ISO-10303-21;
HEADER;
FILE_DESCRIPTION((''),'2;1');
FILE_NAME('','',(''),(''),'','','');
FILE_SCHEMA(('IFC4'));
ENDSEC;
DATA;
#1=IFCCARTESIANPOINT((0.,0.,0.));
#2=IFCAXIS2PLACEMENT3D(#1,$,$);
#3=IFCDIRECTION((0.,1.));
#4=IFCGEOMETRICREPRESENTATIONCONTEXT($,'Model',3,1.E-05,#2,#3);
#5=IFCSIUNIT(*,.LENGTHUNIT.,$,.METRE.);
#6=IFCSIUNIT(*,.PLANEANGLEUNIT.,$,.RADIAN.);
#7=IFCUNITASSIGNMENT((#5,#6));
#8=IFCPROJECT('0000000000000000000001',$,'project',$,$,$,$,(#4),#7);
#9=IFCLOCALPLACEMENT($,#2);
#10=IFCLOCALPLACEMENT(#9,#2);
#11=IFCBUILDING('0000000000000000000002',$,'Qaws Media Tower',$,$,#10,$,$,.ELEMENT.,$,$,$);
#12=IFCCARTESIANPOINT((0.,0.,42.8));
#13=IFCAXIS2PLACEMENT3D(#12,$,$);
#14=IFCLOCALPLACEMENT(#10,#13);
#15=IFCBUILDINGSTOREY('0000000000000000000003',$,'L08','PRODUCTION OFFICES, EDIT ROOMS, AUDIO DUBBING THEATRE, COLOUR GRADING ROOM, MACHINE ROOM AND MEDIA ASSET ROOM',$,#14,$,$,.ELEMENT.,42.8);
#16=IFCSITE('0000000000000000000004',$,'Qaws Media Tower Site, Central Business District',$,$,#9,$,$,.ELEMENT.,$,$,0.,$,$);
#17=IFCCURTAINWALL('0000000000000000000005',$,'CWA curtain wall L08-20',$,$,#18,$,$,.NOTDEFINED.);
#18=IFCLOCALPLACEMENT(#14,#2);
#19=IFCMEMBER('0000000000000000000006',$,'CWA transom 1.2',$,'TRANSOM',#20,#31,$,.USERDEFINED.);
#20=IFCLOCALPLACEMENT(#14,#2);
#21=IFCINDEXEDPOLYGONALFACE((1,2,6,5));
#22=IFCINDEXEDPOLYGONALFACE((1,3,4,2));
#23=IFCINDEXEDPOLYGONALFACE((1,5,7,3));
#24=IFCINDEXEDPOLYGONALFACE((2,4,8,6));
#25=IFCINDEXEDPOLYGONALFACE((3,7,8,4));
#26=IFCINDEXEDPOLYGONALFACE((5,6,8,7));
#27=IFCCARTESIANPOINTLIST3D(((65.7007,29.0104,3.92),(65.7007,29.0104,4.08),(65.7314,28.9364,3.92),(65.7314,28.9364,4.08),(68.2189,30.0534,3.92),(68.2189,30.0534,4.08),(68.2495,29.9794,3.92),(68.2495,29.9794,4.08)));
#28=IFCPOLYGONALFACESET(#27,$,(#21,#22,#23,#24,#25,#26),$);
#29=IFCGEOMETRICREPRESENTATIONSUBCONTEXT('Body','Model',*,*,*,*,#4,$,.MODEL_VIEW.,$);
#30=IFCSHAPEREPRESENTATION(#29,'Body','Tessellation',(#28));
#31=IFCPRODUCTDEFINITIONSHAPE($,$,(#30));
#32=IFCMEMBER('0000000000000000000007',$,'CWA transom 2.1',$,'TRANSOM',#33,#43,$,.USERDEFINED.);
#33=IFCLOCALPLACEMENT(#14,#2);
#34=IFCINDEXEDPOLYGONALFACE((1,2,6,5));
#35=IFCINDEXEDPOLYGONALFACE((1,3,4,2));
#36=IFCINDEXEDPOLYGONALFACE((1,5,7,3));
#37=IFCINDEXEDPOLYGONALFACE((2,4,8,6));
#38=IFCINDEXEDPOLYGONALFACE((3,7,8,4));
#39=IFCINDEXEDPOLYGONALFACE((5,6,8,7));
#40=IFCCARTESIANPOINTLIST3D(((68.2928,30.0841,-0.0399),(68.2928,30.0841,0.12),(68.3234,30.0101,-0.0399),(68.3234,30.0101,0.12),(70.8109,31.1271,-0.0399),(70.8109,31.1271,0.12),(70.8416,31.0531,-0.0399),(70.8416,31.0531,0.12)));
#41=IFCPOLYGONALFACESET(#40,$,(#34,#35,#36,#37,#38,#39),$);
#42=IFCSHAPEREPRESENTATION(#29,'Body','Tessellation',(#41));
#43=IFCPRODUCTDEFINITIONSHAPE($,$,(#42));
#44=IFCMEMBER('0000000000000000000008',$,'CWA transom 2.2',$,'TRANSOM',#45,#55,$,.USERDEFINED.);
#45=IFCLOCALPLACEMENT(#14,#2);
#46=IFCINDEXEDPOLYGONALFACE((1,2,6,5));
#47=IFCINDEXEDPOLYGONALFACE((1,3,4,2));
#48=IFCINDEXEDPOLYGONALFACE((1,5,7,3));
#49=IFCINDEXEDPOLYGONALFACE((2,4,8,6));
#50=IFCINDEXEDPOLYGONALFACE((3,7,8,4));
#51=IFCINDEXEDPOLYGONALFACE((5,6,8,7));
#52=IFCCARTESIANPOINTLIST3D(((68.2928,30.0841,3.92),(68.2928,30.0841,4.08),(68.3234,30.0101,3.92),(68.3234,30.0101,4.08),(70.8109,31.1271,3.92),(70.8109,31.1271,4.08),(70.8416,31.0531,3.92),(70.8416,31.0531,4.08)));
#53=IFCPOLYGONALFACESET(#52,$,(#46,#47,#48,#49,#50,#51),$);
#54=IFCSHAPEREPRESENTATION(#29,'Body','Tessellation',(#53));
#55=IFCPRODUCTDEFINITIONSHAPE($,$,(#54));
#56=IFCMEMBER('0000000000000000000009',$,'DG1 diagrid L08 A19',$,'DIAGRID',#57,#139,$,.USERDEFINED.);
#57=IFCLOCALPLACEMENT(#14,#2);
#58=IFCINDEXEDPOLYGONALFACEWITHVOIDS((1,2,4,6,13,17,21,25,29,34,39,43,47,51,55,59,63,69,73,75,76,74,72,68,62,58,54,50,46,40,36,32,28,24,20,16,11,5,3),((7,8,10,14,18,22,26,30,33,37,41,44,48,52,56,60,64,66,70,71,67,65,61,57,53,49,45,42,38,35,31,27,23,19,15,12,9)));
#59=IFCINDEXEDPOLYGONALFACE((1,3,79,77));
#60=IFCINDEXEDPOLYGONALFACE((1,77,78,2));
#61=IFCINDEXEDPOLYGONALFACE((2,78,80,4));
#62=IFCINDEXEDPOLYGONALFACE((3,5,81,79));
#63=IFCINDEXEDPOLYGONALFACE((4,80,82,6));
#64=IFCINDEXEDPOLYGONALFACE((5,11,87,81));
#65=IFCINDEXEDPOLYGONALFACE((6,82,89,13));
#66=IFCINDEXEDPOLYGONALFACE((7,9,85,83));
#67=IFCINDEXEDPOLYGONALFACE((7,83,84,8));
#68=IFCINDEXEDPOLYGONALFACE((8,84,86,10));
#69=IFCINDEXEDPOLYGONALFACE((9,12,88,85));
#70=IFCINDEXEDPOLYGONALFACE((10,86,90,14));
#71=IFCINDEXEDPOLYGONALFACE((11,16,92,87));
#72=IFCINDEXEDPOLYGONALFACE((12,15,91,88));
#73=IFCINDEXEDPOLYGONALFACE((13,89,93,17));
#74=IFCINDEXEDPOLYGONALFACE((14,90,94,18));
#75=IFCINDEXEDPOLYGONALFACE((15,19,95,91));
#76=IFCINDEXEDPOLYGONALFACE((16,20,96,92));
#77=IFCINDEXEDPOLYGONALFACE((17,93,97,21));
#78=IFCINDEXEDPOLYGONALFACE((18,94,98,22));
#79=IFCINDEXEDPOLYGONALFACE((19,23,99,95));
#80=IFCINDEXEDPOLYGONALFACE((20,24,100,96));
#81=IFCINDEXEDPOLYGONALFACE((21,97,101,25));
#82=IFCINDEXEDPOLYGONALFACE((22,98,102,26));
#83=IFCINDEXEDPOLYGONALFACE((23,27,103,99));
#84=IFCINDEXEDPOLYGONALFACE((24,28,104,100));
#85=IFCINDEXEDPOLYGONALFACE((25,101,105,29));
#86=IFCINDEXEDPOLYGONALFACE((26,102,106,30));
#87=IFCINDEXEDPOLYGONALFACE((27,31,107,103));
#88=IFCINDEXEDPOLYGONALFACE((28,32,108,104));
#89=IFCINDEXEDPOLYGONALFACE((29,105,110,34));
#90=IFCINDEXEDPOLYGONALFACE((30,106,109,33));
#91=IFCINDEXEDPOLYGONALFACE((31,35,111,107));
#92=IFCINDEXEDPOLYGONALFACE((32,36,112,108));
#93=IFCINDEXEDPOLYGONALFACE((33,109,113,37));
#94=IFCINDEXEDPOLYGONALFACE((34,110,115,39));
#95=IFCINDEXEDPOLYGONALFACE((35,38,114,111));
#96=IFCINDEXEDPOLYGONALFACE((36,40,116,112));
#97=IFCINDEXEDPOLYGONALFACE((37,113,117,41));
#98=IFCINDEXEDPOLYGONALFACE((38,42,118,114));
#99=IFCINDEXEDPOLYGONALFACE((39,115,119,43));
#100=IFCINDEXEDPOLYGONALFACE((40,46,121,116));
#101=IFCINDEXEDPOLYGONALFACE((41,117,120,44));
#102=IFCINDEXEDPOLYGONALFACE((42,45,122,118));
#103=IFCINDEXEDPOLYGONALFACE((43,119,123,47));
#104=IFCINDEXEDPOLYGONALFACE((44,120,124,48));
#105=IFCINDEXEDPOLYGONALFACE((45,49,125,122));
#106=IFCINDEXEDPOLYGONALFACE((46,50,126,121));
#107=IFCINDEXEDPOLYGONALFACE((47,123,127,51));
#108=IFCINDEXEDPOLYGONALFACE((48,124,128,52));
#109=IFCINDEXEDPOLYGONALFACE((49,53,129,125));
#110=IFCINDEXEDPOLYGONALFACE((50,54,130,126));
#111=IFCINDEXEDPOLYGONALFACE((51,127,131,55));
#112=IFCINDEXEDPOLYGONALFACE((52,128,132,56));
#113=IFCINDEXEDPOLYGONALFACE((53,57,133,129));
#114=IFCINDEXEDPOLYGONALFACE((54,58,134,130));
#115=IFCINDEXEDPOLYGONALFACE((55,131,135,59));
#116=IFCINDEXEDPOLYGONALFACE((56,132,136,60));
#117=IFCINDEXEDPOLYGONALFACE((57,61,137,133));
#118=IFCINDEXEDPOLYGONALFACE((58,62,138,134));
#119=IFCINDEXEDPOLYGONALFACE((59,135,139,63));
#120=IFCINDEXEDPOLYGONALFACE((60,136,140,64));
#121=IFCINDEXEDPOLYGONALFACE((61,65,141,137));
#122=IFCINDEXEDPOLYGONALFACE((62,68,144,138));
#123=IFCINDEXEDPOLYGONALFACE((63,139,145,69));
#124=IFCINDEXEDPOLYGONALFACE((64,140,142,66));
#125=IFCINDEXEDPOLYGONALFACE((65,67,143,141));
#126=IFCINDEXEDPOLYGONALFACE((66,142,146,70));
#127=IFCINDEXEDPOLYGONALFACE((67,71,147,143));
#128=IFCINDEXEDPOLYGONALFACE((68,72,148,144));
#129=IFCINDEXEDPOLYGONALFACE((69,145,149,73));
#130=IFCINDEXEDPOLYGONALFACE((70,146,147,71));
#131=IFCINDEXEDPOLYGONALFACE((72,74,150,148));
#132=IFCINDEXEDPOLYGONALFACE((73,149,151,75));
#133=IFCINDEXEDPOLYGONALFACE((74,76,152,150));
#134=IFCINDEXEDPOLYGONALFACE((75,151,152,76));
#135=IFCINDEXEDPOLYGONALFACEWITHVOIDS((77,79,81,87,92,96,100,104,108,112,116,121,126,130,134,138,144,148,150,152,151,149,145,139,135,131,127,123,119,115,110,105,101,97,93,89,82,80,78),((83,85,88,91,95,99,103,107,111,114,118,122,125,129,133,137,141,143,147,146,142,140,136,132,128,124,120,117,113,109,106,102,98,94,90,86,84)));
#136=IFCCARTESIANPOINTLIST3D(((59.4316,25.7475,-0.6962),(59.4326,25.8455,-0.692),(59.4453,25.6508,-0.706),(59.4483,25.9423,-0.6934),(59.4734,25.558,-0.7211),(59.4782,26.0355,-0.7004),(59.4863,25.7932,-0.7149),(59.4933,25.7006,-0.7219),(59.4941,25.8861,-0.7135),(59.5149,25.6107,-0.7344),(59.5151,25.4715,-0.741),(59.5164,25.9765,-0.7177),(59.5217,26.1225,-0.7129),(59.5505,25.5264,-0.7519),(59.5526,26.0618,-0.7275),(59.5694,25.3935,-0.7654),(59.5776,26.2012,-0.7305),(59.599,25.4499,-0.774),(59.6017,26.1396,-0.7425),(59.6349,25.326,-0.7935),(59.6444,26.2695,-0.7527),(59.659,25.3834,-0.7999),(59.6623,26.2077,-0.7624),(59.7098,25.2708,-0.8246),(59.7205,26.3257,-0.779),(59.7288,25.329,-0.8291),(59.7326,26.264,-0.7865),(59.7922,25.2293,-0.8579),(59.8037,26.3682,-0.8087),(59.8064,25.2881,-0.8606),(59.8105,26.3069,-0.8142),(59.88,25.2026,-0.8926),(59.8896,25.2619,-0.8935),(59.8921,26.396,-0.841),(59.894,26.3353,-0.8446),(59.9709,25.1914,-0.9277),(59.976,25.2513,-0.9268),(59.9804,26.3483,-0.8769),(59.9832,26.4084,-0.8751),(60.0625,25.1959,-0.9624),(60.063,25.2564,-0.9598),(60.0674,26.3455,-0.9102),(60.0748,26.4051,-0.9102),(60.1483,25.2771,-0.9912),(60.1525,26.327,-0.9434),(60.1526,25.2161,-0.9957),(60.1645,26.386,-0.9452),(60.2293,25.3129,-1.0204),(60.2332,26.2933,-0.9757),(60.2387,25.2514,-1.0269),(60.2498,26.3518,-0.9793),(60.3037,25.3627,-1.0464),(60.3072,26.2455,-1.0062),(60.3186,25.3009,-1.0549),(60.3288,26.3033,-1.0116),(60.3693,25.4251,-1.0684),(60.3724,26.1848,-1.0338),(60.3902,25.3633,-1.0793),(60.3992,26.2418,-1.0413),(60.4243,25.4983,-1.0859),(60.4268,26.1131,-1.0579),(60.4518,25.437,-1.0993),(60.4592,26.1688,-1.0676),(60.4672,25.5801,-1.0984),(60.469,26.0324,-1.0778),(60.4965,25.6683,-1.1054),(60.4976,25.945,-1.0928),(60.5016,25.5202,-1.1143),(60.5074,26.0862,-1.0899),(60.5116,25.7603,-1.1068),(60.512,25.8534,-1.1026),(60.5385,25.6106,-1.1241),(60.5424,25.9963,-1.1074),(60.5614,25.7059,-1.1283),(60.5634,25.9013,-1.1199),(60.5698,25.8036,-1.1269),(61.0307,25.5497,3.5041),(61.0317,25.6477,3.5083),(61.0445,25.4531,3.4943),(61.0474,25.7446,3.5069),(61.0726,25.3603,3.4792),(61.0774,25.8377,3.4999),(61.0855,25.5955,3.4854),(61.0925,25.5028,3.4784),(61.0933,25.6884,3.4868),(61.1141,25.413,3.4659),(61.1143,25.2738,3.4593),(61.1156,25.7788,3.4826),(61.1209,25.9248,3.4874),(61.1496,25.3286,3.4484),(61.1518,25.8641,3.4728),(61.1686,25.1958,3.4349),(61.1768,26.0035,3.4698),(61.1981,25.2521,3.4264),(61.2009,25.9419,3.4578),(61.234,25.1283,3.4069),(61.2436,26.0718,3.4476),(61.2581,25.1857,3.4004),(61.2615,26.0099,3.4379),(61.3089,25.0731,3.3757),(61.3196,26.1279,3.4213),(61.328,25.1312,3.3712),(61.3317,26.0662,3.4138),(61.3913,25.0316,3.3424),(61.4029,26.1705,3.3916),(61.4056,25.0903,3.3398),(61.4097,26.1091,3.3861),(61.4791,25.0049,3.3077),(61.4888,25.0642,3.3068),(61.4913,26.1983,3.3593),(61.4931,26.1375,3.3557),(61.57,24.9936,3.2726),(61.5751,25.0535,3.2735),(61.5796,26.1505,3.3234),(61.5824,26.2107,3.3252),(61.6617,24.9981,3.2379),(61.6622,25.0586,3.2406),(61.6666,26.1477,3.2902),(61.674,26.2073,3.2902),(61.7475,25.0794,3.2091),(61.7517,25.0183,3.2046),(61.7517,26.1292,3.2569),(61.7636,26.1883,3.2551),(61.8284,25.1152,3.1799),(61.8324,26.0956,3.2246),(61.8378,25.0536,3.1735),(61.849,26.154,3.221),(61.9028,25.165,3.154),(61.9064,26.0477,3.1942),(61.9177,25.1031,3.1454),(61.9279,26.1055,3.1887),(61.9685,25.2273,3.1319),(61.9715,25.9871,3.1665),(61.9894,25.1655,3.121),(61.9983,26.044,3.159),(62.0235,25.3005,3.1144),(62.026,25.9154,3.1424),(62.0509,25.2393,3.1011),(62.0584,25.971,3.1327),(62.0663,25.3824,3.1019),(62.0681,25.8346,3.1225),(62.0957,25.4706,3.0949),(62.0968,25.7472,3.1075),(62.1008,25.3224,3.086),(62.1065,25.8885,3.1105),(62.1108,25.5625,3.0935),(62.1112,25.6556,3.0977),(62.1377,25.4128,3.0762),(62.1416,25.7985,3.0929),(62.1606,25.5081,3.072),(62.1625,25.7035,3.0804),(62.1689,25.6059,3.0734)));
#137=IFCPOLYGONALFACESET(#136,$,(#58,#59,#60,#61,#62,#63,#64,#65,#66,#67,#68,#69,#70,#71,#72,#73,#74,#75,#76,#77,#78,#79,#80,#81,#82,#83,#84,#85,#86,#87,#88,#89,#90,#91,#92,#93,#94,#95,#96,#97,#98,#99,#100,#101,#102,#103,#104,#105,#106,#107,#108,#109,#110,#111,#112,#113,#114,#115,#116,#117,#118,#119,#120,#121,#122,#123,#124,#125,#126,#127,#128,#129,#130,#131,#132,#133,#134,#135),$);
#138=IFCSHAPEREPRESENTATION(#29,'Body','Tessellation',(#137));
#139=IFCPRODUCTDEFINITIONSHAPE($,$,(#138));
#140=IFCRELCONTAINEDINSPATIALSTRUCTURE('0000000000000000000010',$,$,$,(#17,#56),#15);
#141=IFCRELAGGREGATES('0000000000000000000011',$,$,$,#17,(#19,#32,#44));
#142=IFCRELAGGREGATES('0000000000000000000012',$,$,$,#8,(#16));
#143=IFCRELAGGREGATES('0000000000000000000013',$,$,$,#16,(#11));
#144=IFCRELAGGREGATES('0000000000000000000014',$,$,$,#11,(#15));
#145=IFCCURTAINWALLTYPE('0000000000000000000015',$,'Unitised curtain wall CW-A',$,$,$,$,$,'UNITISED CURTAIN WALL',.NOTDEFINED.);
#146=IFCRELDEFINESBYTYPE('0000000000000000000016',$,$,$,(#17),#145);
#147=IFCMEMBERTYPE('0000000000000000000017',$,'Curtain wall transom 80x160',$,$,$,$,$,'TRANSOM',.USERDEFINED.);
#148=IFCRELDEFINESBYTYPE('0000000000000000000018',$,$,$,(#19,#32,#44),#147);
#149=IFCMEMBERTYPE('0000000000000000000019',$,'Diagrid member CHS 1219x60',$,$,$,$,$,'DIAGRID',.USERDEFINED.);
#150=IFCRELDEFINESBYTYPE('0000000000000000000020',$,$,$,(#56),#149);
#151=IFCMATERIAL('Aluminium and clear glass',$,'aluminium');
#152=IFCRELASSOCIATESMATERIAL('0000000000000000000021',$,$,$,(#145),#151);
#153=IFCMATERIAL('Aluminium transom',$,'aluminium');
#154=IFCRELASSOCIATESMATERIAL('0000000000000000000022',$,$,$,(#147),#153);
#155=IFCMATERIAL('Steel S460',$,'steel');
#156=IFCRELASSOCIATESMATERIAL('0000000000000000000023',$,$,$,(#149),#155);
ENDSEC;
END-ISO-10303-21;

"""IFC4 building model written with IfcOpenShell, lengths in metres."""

from ifc_helpers import new_model, si_unit, direction, frame, origin, origin_2d, place, context, subcontext, project, spatial, rectangle, hollow_circle, extrude, material, material_profile, profile_set, type_object, element, aggregate, save


model = new_model("IFC4")

# Units and contexts
model_context = context("Model", 3, precision=1e-05, world=origin(), true_north=direction((0.0, 1.0)))
body_context = subcontext(model_context, "Body", "Model", "MODEL_VIEW")
ifc_project = project(units=[si_unit("LENGTHUNIT", "METRE"), si_unit("PLANEANGLEUNIT", "RADIAN")], contexts=[model_context])

# Site, building, storey
site_placement = place(None, origin())
site = spatial("IfcSite", under=ifc_project, at=site_placement, Name="Qaws Media Tower Site, Central Business District", CompositionType="ELEMENT", RefElevation=0.0)
building_placement = place(site_placement, origin())
building = spatial("IfcBuilding", under=site, at=building_placement, Name="Qaws Media Tower", CompositionType="ELEMENT")
storey_placement = place(building_placement, frame((0.0, 0.0, 42.8)))
storey = spatial("IfcBuildingStorey", under=building, at=storey_placement, Name="L08", Description="PRODUCTION OFFICES, EDIT ROOMS, AUDIO DUBBING THEATRE, COLOUR GRADING ROOM, MACHINE ROOM AND MEDIA ASSET ROOM", CompositionType="ELEMENT", Elevation=42.8)

# Curtain wall
ifc_material_1 = material(Name="Aluminium and clear glass", Category="aluminium")
curtain_wall_type = type_object("IfcCurtainWallType", Name="Unitised curtain wall CW-A", ElementType="UNITISED CURTAIN WALL", PredefinedType="NOTDEFINED", material=ifc_material_1)
curtain_wall_1_placement = place(storey_placement, origin())
curtain_wall_1 = element("IfcCurtainWall", 1, at=curtain_wall_1_placement, inside=storey, type_object=curtain_wall_type, Name="CWA curtain wall L08-20", PredefinedType="NOTDEFINED")

# Members
ifc_material_2 = material(Name="Aluminium transom", Category="aluminium")
ifc_material_profile_1 = material_profile(ifc_material_2, rectangle(XDim=0.0801, YDim=0.1599, at=origin_2d()), Name="80x160")
ifc_profile_set_1 = profile_set([ifc_material_profile_1], Name="Aluminium transom")
member_type_1 = type_object("IfcMemberType", Name="Curtain wall transom 80x160", ElementType="TRANSOM", PredefinedType="USERDEFINED", material=ifc_profile_set_1)
member_1_placement = place(storey_placement, frame((65.7161, 28.9734, 4.0), z_axis=(0.923886, 0.382668, 0.0), x_axis=(-0.382668, 0.923886, 0.0)))
member_1 = element("IfcMember", 2, at=member_1_placement, type_object=member_type_1, Name="CWA transom 1.2", ObjectType="TRANSOM", PredefinedType="USERDEFINED", context=body_context, shape_type="SweptSolid", body=[
    extrude(rectangle(XDim=0.0801, YDim=0.1599, at=origin_2d()), origin(), (0.0, 0.0, 1.0), 2.7256),
])
member_2_placement = place(storey_placement, frame((68.3081, 30.0471, 0.04), z_axis=(0.923886, 0.382668, 0.0), x_axis=(-0.382668, 0.923886, 0.0)))
member_2 = element("IfcMember", 3, at=member_2_placement, type_object=member_type_1, Name="CWA transom 2.1", ObjectType="TRANSOM", PredefinedType="USERDEFINED", context=body_context, shape_type="SweptSolid", body=[
    extrude(rectangle(XDim=0.0801, YDim=0.1599, at=origin_2d()), origin(), (0.0, 0.0, 1.0), 2.7256),
])
member_3_placement = place(storey_placement, frame((68.3081, 30.0471, 4.0), z_axis=(0.923886, 0.382668, 0.0), x_axis=(-0.382668, 0.923886, 0.0)))
member_3 = element("IfcMember", 4, at=member_3_placement, type_object=member_type_1, Name="CWA transom 2.2", ObjectType="TRANSOM", PredefinedType="USERDEFINED", context=body_context, shape_type="SweptSolid", body=[
    extrude(rectangle(XDim=0.0801, YDim=0.1599, at=origin_2d()), origin(), (0.0, 0.0, 1.0), 2.7256),
])

# Member
ifc_material_3 = material(Name="Steel S460", Category="steel")
ifc_material_profile_2 = material_profile(ifc_material_3, hollow_circle(Radius=0.6096, WallThickness=0.0601, at=origin_2d()), Name="CHS 1219x60")
ifc_profile_set_2 = profile_set([ifc_material_profile_2], Name="Steel S460")
member_type_2 = type_object("IfcMemberType", Name="Diagrid member CHS 1219x60", ElementType="DIAGRID", PredefinedType="USERDEFINED", material=ifc_profile_set_2)
for number, where, z_axis, x_axis, name in (
    (5, (60.0, 25.8, -0.9102), (0.355466, -0.043958, 0.933655), (0.122729, 0.99244, 0.0), "DG1 diagrid L08 A19"),
):
    element("IfcMember", number, at=place(storey_placement, frame(where, z_axis=z_axis, x_axis=x_axis)), inside=storey, type_object=member_type_2, Name=name, ObjectType="DIAGRID", PredefinedType="USERDEFINED", context=body_context, shape_type="SweptSolid", body=[
        extrude(hollow_circle(Radius=0.6096, WallThickness=0.0601, at=origin_2d()), origin(), (0.0, 0.0, 1.0), 4.4988),
    ])

aggregate(curtain_wall_1, [member_1, member_2, member_3])

save(model, "model.ifc")
